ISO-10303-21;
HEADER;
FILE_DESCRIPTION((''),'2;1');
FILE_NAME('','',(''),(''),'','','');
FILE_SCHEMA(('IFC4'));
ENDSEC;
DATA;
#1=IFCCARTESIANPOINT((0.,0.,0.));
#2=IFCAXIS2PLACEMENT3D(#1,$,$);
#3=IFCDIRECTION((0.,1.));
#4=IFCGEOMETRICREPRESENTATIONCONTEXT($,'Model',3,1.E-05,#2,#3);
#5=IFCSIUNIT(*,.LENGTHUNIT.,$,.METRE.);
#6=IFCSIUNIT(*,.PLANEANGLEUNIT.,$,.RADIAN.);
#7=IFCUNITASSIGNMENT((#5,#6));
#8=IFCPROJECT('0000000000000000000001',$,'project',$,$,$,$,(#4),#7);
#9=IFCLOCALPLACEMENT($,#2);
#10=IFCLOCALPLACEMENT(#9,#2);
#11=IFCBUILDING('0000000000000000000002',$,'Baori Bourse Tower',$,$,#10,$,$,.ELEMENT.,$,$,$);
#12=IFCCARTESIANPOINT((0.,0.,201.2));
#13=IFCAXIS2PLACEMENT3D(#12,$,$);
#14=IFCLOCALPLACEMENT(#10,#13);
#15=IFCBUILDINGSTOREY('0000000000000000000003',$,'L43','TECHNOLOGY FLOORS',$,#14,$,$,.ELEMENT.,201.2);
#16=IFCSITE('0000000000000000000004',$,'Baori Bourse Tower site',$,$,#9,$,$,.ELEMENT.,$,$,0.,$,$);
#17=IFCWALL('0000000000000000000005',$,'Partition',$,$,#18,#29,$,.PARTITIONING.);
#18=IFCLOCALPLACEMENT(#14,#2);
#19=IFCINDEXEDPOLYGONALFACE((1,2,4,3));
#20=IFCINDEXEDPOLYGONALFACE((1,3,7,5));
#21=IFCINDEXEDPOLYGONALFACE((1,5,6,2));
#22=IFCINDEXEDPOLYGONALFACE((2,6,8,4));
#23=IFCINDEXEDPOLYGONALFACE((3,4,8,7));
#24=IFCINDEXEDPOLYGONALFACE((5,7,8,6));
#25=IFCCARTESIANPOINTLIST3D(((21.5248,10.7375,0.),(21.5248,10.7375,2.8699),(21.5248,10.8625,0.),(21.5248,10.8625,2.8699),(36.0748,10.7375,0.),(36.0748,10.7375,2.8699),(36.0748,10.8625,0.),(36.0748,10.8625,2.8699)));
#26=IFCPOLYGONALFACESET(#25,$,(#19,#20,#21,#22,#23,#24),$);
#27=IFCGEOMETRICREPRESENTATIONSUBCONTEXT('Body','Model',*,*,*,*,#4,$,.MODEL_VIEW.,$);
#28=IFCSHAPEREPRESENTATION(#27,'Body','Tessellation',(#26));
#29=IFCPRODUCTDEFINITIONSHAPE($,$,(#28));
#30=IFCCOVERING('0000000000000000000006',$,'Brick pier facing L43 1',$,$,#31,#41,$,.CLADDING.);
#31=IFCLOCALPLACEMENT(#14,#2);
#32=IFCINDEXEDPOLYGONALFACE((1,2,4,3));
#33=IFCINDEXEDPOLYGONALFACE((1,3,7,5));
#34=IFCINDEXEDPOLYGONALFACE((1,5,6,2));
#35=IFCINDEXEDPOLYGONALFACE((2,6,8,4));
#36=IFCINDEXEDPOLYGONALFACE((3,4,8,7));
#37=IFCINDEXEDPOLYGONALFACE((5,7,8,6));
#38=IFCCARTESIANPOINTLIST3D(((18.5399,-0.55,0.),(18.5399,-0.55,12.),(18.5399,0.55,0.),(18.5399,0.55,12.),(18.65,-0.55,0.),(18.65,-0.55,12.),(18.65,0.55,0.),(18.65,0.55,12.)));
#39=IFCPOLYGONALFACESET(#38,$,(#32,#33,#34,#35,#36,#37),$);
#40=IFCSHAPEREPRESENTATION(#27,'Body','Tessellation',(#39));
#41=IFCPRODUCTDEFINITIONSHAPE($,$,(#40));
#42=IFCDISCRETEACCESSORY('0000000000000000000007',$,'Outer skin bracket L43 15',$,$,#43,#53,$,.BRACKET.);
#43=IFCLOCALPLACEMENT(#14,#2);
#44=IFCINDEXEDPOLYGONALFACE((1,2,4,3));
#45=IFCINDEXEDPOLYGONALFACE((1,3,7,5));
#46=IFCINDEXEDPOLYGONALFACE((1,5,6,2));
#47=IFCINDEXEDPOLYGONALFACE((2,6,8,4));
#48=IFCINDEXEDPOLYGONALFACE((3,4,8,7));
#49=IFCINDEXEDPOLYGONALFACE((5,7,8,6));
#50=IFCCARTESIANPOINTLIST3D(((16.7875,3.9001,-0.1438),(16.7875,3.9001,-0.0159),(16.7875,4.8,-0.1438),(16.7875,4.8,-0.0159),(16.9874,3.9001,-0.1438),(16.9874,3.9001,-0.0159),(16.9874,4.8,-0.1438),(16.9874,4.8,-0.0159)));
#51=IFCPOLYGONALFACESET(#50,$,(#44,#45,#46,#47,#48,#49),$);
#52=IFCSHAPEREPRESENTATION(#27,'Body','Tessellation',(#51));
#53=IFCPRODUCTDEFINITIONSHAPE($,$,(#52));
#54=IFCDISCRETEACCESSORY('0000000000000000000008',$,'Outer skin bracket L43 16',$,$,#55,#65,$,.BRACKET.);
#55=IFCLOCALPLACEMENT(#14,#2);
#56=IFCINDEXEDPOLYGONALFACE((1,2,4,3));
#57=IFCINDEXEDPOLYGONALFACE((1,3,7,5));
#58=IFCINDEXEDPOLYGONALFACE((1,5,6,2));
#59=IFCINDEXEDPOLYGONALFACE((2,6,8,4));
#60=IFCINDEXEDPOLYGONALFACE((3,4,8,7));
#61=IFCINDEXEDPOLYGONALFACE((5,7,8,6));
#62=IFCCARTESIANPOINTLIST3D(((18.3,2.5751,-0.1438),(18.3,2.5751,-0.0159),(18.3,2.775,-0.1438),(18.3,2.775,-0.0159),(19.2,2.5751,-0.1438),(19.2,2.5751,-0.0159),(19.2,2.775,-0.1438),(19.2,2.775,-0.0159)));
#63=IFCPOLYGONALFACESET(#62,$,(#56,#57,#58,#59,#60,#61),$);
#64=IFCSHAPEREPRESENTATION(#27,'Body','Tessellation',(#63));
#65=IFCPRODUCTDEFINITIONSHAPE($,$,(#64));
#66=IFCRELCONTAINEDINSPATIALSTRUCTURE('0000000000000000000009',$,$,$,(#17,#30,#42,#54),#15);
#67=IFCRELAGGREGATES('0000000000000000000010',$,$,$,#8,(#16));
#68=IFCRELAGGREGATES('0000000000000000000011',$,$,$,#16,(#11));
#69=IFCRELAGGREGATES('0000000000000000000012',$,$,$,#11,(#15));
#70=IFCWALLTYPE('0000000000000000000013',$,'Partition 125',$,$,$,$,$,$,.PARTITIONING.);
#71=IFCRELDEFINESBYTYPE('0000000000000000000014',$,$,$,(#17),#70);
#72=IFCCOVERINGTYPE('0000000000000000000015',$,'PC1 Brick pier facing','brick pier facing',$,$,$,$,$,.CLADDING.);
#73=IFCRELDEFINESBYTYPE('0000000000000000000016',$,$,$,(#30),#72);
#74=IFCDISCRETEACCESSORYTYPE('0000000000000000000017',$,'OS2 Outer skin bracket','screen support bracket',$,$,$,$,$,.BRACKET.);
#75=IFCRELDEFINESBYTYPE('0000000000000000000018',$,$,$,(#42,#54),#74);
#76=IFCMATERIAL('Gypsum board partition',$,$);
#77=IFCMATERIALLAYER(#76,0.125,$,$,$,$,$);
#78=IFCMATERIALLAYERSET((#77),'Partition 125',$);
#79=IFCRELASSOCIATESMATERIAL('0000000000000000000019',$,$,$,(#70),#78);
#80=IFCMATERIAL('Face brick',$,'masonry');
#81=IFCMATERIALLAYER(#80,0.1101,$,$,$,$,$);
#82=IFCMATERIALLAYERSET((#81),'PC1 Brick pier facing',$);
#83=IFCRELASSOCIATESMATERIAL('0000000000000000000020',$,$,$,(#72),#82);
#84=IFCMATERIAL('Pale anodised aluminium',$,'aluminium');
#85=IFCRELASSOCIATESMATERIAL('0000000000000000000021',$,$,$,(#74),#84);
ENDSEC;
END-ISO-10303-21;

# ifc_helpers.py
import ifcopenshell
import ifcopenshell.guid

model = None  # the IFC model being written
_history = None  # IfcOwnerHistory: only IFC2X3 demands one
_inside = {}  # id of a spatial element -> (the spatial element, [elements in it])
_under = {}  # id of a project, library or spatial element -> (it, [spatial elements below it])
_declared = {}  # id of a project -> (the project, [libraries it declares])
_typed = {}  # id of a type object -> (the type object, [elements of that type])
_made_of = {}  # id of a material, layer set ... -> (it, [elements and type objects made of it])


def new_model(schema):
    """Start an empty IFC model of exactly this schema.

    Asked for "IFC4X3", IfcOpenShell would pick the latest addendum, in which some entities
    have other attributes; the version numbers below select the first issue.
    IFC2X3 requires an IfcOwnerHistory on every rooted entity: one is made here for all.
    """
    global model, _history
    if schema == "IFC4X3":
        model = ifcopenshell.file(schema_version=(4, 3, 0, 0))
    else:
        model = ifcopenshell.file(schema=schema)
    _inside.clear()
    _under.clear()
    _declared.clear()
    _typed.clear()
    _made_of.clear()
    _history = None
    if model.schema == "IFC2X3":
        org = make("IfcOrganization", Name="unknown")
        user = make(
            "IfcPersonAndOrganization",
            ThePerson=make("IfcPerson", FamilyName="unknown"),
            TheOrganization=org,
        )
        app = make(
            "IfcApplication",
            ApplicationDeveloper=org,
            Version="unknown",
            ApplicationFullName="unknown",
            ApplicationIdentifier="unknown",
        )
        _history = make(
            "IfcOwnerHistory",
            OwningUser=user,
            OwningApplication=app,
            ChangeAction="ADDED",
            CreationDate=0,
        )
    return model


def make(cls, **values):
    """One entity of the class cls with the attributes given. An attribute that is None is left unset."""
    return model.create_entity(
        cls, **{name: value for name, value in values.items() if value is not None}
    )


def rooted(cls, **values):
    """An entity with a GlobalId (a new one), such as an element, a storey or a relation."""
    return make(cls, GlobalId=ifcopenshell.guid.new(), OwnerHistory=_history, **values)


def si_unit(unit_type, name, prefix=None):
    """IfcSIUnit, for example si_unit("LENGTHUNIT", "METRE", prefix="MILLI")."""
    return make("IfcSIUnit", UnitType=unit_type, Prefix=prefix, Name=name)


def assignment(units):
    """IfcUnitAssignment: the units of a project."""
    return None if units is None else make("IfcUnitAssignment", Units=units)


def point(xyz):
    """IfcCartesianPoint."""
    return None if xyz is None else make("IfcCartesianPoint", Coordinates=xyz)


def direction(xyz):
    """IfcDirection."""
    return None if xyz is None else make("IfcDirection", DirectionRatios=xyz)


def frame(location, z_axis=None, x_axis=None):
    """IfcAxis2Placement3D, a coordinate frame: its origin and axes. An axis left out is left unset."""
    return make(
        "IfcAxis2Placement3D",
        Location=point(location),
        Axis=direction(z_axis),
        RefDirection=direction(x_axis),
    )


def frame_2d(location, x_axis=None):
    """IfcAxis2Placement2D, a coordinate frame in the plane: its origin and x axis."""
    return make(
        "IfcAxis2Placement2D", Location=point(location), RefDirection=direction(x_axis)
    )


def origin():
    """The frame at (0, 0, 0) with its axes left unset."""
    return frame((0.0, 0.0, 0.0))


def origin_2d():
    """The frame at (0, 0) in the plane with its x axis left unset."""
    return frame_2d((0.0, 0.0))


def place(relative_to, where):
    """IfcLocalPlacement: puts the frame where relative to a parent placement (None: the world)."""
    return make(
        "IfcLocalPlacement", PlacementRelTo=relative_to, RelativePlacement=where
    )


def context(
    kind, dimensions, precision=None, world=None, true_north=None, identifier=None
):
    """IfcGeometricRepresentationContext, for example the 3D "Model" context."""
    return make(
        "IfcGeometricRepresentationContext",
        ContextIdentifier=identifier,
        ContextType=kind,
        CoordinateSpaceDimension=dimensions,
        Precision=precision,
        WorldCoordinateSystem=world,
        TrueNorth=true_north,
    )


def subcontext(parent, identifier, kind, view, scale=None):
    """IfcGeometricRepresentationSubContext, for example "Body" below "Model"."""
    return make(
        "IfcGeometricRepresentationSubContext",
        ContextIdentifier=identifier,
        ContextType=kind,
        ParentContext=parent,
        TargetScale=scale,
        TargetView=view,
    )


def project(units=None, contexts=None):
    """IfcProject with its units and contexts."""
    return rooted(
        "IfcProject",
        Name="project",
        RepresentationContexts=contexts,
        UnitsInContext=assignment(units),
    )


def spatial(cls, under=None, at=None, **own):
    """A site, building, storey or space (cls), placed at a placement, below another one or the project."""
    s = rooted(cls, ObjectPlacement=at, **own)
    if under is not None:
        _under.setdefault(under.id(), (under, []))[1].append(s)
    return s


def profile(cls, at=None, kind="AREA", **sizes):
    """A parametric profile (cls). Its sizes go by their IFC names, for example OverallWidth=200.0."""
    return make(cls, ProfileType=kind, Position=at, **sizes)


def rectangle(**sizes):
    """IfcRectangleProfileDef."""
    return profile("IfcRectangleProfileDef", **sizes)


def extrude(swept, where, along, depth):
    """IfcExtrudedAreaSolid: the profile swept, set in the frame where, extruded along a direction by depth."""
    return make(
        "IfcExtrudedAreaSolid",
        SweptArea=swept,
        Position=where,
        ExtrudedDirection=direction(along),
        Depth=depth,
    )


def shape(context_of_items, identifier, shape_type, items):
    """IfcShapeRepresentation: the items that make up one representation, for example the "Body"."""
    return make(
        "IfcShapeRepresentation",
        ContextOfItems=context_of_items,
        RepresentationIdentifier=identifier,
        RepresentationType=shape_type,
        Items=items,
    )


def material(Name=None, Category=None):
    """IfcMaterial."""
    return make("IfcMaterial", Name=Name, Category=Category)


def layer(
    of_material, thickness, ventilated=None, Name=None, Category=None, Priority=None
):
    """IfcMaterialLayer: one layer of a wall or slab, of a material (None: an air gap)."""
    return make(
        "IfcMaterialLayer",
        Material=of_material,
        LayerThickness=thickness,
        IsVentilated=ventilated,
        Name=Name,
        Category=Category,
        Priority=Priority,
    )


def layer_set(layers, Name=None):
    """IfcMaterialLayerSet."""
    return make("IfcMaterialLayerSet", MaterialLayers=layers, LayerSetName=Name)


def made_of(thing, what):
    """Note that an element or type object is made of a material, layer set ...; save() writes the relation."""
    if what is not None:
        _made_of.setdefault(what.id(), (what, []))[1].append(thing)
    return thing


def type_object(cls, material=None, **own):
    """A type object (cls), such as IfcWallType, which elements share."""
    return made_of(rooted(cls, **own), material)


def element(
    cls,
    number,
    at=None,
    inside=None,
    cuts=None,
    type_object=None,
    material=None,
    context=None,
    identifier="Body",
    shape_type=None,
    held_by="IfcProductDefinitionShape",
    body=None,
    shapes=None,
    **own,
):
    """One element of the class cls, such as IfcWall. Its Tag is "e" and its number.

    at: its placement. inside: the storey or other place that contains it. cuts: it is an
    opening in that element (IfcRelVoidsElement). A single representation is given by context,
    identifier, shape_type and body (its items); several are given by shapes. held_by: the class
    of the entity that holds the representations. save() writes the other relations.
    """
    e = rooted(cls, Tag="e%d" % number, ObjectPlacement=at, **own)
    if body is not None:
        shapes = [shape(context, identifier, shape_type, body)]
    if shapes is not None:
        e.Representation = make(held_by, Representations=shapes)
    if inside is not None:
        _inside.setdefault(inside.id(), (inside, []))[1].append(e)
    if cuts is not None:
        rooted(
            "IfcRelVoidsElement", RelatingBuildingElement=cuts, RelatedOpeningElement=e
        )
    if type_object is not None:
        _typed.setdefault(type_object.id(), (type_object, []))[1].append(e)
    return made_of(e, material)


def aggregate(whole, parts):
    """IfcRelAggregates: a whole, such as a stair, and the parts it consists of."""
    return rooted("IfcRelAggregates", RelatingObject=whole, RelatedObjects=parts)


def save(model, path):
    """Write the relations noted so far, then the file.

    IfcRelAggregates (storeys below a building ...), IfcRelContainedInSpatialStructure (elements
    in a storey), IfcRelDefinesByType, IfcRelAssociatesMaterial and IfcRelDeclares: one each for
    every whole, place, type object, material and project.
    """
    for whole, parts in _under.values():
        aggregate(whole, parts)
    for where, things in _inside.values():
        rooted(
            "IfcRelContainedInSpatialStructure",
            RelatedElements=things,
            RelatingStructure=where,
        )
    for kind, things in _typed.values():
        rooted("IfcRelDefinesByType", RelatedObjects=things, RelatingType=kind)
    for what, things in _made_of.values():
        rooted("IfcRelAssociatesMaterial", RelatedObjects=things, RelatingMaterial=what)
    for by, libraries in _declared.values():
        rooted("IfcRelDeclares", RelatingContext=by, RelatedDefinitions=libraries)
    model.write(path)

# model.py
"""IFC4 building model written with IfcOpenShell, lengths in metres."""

from ifc_helpers import new_model, si_unit, direction, frame, frame_2d, origin, origin_2d, place, context, subcontext, project, spatial, rectangle, extrude, material, layer, layer_set, type_object, element, save


model = new_model("IFC4")

# Units and contexts
model_context = context("Model", 3, precision=1e-05, world=origin(), true_north=direction((0.0, 1.0)))
body_context = subcontext(model_context, "Body", "Model", "MODEL_VIEW")
ifc_project = project(units=[si_unit("LENGTHUNIT", "METRE"), si_unit("PLANEANGLEUNIT", "RADIAN")], contexts=[model_context])

# Site, building, storey
site_placement = place(None, origin())
site = spatial("IfcSite", under=ifc_project, at=site_placement, Name="Baori Bourse Tower site", CompositionType="ELEMENT", RefElevation=0.0)
building_placement = place(site_placement, origin())
building = spatial("IfcBuilding", under=site, at=building_placement, Name="Baori Bourse Tower", CompositionType="ELEMENT")
storey_placement = place(building_placement, frame((0.0, 0.0, 201.2)))
storey = spatial("IfcBuildingStorey", under=building, at=storey_placement, Name="L43", Description="TECHNOLOGY FLOORS", CompositionType="ELEMENT", Elevation=201.2)

# Wall
ifc_material_1 = material(Name="Gypsum board partition")
ifc_layer_1 = layer(ifc_material_1, 0.125)
ifc_layer_set_1 = layer_set([ifc_layer_1], Name="Partition 125")
wall_type_1 = type_object("IfcWallType", Name="Partition 125", PredefinedType="PARTITIONING", material=ifc_layer_set_1)
wall_1_placement = place(storey_placement, frame((21.5249, 10.8, 0.0), z_axis=(0.0, 0.0, 1.0), x_axis=(1.0, 0.0, 0.0)))
element("IfcWall", 1, at=wall_1_placement, inside=storey, type_object=wall_type_1, Name="Partition", PredefinedType="PARTITIONING", context=body_context, shape_type="SweptSolid", body=[
    extrude(rectangle(XDim=14.55, YDim=0.125, at=frame_2d((7.2749, 0.0))), origin(), (0.0, 0.0, 1.0), 2.8699),
])

# Covering
ifc_material_2 = material(Name="Face brick", Category="masonry")
ifc_layer_2 = layer(ifc_material_2, 0.1101)
ifc_layer_set_2 = layer_set([ifc_layer_2], Name="PC1 Brick pier facing")
covering_type = type_object("IfcCoveringType", Name="PC1 Brick pier facing", Description="brick pier facing", PredefinedType="CLADDING", material=ifc_layer_set_2)
covering_placement = place(storey_placement, frame((18.595, 0.0, 0.0), z_axis=(0.0, 0.0, 1.0), x_axis=(1.0, 0.0, 0.0)))
element("IfcCovering", 2, at=covering_placement, inside=storey, type_object=covering_type, Name="Brick pier facing L43 1", PredefinedType="CLADDING", context=body_context, shape_type="SweptSolid", body=[
    extrude(rectangle(XDim=0.1101, YDim=1.1001, at=origin_2d()), origin(), (0.0, 0.0, 1.0), 12.0),
])

# Discrete accessories
ifc_material_3 = material(Name="Pale anodised aluminium", Category="aluminium")
discrete_accessory_type = type_object("IfcDiscreteAccessoryType", Name="OS2 Outer skin bracket", Description="screen support bracket", PredefinedType="BRACKET", material=ifc_material_3)
for number, where, z_axis, x_axis, name in (
    (3, (16.8875, 4.3501, -0.1438), (0.0, 0.0, 1.0), (1.0, 0.0, 0.0), "Outer skin bracket L43 15"),
    (4, (18.75, 2.675, -0.1438), (0.0, 0.0, 1.0), (0.0, -1.0, 0.0), "Outer skin bracket L43 16"),
):
    element("IfcDiscreteAccessory", number, at=place(storey_placement, frame(where, z_axis=z_axis, x_axis=x_axis)), inside=storey, type_object=discrete_accessory_type, Name=name, PredefinedType="BRACKET", context=body_context, shape_type="SweptSolid", body=[
        extrude(rectangle(XDim=0.2, YDim=0.8999, at=origin_2d()), origin(), (0.0, 0.0, 1.0), 0.1279),
    ])

save(model, "model.ifc")
